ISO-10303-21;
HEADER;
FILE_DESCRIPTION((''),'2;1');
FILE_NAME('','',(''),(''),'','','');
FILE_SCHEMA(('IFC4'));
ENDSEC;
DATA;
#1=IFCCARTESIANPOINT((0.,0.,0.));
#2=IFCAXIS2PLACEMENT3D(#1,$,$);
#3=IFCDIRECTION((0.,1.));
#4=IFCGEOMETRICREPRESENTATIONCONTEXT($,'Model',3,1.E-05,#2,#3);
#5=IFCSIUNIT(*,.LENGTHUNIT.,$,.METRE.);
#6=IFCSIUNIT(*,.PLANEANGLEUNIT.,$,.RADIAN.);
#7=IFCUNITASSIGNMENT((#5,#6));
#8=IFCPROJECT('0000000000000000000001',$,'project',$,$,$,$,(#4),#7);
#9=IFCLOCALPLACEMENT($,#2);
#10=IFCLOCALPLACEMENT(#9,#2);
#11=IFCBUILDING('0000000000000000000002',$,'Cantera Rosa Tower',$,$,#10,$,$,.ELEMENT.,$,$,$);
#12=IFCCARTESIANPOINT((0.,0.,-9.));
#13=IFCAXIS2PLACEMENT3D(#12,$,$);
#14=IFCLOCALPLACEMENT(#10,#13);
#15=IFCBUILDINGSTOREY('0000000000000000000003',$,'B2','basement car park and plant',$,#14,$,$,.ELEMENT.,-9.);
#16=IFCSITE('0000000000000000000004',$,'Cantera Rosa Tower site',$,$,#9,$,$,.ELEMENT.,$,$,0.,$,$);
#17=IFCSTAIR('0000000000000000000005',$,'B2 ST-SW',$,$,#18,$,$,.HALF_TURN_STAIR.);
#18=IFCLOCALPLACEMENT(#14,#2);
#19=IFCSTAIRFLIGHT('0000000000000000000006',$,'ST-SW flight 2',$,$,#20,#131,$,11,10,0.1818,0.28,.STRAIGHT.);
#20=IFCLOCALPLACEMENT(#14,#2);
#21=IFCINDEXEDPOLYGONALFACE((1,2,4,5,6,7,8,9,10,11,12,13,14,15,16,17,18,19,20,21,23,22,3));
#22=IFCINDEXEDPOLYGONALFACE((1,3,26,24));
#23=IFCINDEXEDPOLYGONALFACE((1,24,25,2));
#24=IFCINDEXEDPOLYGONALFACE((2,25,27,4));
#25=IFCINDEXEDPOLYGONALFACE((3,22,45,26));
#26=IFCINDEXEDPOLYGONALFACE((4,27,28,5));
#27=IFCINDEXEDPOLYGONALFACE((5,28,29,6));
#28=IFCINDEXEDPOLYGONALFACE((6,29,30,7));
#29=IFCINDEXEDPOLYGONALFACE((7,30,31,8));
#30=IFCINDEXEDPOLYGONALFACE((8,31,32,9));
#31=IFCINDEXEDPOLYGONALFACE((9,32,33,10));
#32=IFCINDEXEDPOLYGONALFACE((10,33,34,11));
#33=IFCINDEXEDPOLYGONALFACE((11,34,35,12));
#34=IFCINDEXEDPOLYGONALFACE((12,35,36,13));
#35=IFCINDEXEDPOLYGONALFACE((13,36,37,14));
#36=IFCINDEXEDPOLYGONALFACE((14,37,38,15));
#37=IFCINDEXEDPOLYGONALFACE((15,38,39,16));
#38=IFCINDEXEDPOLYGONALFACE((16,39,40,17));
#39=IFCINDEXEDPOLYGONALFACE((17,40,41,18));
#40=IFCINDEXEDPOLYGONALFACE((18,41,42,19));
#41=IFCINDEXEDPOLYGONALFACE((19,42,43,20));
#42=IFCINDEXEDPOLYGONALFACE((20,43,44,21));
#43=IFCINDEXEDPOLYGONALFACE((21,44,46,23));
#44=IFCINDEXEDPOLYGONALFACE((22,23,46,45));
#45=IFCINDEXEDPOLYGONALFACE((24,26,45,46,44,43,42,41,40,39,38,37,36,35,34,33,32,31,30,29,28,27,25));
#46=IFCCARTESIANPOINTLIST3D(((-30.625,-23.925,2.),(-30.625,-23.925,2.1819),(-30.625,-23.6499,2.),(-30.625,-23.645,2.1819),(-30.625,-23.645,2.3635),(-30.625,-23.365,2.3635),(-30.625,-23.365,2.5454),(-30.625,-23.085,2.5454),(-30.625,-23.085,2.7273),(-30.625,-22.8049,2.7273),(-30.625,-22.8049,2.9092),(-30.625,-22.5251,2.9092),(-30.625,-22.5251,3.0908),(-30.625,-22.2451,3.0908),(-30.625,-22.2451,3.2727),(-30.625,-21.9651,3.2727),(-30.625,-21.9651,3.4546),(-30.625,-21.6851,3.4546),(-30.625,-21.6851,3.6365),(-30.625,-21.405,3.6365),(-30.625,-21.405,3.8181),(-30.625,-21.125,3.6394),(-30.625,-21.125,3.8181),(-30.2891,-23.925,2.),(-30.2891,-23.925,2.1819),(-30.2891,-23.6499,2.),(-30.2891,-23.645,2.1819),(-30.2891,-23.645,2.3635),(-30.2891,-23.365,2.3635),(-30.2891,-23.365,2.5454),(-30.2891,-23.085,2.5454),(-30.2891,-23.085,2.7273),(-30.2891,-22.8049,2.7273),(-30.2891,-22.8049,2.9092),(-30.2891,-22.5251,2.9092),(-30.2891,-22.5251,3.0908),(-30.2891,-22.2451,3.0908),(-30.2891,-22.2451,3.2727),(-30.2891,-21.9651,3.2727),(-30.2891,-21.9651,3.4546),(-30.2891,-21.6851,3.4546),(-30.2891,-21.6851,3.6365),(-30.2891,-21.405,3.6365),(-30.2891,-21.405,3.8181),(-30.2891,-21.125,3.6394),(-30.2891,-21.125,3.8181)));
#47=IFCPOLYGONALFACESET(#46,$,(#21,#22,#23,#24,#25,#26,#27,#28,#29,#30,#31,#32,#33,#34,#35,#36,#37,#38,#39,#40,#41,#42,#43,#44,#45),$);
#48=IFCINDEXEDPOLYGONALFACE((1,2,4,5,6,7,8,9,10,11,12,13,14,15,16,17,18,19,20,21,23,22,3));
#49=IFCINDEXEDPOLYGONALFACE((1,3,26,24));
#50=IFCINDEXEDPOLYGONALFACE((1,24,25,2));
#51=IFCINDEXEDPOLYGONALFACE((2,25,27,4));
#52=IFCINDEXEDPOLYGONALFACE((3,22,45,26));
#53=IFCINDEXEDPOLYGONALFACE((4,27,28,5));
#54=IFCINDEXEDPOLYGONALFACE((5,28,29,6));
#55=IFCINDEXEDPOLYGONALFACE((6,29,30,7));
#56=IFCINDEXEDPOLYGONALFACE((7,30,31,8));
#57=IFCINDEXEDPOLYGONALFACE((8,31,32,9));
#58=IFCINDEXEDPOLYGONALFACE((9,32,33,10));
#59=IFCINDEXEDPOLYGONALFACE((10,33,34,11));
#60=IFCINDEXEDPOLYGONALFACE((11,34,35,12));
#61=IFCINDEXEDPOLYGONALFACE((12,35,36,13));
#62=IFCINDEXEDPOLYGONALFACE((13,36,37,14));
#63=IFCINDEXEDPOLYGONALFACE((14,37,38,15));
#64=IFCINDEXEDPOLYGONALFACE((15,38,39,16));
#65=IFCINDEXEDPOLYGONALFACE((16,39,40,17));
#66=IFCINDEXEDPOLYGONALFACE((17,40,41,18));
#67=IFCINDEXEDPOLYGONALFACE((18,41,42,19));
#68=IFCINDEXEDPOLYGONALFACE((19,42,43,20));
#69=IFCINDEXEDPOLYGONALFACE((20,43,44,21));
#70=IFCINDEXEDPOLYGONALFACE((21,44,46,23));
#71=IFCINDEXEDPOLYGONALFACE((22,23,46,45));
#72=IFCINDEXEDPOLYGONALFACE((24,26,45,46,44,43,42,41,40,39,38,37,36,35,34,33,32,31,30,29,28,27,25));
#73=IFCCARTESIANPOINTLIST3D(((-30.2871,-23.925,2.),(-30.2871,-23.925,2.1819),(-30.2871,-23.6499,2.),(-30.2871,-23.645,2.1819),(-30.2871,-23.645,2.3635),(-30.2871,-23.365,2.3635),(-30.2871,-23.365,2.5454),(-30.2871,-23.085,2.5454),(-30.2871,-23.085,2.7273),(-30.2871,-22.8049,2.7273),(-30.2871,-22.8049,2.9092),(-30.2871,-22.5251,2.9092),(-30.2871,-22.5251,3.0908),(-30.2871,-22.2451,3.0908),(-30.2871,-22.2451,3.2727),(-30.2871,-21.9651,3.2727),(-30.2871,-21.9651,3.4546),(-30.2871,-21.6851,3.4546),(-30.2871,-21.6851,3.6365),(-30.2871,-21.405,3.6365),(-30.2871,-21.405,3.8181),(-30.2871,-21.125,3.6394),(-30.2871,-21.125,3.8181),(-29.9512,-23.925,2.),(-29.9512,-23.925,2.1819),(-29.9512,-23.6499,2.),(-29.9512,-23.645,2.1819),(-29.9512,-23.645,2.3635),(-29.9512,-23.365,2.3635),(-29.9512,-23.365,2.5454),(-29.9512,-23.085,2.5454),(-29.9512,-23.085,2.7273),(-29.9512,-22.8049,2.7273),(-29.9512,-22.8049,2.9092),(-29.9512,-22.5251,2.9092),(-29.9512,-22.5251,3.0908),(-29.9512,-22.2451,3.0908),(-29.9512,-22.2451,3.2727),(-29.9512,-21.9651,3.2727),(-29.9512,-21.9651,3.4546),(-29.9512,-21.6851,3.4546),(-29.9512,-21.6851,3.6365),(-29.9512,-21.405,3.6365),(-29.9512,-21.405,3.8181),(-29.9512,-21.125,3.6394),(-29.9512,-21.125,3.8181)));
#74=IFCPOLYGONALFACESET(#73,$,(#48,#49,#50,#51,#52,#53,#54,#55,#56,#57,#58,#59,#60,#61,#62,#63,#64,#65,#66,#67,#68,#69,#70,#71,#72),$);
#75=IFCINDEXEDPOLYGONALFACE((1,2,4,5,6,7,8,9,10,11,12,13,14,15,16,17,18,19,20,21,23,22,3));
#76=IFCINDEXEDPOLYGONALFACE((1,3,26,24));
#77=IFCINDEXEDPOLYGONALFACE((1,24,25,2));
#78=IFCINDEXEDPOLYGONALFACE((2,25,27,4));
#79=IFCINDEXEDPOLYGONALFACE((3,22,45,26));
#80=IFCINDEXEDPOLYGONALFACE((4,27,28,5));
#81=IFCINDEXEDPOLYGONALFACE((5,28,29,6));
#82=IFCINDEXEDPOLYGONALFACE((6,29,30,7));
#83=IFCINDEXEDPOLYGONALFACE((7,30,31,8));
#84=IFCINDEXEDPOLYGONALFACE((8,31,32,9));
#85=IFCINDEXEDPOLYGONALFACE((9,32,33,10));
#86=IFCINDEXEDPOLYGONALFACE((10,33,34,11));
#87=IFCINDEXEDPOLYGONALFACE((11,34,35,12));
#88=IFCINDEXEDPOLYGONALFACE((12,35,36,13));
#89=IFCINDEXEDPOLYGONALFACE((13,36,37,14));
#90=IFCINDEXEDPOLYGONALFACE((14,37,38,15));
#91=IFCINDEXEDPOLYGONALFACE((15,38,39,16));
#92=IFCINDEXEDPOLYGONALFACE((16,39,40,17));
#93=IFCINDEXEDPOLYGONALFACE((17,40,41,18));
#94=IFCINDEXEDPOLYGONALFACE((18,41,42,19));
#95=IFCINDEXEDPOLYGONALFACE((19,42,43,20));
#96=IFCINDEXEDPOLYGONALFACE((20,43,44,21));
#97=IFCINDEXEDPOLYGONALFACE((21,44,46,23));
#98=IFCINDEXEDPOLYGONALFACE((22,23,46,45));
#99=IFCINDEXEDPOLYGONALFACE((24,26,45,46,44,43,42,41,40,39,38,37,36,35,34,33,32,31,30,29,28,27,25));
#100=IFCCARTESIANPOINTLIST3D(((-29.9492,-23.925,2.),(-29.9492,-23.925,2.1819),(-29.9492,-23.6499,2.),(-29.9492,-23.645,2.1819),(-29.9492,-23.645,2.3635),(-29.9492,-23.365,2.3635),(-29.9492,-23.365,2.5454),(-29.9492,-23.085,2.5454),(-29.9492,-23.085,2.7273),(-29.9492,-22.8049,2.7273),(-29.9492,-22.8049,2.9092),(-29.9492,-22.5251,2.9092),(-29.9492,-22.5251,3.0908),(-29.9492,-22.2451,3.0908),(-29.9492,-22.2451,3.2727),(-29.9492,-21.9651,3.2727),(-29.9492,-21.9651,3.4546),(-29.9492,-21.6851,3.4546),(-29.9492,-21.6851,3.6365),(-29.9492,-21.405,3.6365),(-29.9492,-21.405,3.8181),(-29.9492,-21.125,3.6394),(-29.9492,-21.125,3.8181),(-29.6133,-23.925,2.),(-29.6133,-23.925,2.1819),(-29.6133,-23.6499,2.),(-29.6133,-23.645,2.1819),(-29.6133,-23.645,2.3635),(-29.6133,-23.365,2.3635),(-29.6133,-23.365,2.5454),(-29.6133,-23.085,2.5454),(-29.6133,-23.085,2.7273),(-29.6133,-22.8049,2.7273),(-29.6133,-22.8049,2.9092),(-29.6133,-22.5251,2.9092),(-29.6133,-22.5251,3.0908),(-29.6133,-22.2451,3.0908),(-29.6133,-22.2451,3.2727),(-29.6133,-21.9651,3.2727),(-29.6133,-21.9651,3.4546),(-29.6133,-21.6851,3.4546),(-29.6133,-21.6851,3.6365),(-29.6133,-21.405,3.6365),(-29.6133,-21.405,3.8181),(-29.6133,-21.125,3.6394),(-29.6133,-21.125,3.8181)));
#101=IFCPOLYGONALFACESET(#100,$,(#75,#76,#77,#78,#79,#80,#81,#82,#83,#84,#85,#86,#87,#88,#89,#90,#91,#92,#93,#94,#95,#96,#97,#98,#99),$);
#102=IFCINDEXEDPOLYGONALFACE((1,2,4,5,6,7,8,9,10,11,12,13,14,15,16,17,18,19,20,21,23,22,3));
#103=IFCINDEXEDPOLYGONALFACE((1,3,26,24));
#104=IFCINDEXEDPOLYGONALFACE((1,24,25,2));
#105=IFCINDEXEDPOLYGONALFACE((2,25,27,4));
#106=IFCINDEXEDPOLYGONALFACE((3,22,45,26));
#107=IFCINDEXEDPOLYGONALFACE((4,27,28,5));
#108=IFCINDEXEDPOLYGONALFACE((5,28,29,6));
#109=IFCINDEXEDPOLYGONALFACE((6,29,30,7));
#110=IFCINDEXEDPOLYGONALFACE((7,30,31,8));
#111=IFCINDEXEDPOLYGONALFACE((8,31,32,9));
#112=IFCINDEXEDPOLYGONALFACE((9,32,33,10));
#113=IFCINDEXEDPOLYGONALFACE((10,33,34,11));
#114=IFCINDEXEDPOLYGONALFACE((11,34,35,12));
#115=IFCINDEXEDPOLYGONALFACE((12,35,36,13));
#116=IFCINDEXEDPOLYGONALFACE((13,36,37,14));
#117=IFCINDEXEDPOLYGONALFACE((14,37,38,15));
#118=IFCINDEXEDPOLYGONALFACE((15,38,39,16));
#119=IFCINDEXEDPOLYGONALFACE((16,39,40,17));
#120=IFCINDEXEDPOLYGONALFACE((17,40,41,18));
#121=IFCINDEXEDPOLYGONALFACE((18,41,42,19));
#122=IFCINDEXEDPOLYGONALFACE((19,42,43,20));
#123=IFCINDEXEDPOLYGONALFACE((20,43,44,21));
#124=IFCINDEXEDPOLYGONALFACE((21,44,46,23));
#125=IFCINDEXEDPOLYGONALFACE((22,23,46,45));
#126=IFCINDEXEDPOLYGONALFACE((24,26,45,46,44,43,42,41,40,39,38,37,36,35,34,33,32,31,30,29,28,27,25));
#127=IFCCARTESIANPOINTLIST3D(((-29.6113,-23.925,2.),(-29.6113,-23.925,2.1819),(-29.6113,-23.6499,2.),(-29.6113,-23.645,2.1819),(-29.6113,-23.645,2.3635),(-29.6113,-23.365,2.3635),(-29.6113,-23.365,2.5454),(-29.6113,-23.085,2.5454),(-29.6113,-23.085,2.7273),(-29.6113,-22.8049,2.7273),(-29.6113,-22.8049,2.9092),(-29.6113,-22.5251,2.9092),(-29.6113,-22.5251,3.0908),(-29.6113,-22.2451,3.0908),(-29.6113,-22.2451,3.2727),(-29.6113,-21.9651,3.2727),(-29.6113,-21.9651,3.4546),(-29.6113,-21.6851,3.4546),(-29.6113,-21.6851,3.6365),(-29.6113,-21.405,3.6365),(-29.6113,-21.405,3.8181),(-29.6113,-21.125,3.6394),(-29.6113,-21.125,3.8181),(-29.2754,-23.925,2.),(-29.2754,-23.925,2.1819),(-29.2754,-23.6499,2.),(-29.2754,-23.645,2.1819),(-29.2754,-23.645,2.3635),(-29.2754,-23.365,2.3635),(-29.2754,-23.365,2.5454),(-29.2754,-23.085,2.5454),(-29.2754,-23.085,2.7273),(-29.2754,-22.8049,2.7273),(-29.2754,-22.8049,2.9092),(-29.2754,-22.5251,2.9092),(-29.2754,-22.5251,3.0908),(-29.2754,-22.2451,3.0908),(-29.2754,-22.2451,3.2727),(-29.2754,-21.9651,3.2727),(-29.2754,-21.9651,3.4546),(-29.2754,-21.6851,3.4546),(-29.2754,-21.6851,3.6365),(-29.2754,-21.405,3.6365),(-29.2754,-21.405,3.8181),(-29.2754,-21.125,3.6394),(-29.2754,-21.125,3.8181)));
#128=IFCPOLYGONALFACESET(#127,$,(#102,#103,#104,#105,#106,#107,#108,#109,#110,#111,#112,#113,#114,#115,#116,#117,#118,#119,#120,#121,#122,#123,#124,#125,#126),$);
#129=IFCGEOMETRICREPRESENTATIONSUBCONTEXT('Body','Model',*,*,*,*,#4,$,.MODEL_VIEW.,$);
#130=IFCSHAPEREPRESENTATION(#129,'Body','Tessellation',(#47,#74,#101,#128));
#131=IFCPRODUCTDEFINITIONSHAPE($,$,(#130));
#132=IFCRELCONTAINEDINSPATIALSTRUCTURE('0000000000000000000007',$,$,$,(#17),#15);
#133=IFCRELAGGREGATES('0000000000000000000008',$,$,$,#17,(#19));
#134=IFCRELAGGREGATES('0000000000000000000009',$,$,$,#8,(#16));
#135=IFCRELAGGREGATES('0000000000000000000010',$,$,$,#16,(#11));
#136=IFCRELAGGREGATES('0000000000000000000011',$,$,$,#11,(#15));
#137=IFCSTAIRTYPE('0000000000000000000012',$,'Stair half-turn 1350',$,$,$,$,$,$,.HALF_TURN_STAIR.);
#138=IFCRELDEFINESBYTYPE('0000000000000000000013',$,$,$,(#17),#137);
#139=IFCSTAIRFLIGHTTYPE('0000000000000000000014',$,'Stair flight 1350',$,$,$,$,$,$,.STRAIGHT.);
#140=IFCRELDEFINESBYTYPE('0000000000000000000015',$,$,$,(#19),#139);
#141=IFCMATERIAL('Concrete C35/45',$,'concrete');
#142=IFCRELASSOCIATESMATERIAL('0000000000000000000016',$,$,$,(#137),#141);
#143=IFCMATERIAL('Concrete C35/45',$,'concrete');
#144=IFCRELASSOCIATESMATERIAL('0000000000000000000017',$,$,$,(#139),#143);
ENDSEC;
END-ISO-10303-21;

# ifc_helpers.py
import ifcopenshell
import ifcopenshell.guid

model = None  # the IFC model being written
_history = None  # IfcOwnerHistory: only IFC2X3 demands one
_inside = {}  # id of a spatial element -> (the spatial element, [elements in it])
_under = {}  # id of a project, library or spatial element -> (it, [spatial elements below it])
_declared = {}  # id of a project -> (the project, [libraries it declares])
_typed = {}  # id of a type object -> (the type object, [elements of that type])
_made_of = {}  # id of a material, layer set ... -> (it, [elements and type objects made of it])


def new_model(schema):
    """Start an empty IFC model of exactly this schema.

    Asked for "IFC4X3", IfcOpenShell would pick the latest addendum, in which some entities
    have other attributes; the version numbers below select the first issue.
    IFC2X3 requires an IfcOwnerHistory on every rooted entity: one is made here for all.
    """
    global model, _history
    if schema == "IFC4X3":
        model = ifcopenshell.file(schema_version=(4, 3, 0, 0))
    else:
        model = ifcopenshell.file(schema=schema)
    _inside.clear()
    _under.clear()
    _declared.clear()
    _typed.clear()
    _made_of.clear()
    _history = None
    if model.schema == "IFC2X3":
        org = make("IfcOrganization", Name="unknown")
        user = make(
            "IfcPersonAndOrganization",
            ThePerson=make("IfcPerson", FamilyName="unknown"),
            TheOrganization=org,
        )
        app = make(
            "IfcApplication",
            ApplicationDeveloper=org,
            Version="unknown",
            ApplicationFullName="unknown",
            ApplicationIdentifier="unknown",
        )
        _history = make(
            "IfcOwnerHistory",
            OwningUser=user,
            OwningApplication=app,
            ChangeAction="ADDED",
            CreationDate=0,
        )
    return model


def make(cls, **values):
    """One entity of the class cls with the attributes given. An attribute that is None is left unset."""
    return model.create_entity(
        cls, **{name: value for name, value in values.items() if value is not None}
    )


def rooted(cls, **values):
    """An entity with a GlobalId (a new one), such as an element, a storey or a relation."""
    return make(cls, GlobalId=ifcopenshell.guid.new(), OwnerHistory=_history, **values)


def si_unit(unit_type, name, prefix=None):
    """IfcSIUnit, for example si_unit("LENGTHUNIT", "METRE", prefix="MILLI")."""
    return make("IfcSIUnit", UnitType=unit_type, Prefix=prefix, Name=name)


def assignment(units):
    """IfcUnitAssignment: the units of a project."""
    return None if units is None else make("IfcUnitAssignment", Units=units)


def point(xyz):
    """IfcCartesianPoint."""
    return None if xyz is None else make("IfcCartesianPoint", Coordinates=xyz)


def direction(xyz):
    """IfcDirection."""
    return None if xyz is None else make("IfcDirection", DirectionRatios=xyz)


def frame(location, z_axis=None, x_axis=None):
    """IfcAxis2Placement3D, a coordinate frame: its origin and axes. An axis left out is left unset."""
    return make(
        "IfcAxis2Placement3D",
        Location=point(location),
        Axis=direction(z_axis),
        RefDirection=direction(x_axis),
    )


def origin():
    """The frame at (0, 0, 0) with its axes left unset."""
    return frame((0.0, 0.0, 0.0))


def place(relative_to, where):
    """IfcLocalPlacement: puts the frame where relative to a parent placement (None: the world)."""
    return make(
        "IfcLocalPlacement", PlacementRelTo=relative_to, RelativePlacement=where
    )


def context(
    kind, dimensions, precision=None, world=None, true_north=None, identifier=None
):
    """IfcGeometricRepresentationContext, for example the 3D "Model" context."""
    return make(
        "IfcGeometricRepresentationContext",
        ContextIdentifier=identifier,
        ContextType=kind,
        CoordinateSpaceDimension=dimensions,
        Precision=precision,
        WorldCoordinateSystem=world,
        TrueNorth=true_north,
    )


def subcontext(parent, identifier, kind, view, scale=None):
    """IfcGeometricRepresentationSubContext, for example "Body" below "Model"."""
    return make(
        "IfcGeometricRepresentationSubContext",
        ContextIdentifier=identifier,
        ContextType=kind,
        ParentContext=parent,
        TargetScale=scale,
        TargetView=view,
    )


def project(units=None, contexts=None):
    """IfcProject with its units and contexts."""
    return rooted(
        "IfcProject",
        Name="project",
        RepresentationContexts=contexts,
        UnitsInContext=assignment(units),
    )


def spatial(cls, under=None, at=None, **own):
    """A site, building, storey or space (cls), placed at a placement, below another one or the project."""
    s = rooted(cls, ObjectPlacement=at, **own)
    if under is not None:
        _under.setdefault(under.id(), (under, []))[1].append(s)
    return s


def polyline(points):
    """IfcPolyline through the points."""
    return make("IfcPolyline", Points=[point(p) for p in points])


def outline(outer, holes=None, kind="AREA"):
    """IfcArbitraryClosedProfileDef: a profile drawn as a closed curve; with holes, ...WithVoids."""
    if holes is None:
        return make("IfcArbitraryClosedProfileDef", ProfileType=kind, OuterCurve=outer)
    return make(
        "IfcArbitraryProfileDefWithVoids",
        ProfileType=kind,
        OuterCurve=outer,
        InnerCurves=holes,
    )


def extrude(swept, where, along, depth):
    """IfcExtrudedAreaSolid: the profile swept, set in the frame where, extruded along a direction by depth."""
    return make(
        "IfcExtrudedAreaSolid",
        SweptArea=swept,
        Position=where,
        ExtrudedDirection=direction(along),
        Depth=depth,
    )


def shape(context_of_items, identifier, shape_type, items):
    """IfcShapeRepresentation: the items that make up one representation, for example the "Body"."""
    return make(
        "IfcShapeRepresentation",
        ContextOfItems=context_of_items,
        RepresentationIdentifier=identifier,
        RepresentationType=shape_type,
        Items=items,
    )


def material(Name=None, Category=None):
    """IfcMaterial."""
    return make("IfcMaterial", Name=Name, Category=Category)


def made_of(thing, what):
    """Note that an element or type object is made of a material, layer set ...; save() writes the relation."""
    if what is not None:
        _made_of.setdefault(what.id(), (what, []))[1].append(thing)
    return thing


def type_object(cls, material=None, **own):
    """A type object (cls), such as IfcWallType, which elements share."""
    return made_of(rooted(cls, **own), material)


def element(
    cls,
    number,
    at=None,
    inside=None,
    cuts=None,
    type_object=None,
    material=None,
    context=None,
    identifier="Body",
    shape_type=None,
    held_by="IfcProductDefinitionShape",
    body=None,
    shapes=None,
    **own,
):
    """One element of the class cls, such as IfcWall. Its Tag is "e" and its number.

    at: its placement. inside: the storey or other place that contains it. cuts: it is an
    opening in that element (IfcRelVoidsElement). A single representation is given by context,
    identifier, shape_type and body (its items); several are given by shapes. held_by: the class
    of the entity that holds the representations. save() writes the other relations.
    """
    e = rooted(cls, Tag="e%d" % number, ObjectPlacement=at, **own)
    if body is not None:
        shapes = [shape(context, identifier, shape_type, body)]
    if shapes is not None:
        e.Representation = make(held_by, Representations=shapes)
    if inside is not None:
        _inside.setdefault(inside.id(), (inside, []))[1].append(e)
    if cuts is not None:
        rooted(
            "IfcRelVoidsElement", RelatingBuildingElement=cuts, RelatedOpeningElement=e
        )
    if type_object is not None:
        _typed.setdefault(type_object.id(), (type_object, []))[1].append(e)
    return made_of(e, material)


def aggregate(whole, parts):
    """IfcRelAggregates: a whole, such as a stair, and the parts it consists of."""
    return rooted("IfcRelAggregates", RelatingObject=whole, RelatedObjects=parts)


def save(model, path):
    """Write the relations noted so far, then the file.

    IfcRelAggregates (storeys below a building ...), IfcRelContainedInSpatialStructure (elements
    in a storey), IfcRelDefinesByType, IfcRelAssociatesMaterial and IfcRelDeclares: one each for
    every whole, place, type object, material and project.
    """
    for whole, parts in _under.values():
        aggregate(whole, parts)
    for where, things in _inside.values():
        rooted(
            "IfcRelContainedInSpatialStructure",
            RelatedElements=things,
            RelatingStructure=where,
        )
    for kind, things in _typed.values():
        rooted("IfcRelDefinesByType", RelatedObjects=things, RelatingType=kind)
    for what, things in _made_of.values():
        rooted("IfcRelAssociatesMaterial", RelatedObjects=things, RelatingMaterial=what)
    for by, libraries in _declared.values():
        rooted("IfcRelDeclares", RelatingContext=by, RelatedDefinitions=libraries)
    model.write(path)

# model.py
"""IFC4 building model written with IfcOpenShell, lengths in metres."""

from ifc_helpers import new_model, si_unit, direction, frame, origin, place, context, subcontext, project, spatial, polyline, outline, extrude, material, type_object, element, aggregate, save


model = new_model("IFC4")

# Units and contexts
model_context = context("Model", 3, precision=1e-05, world=origin(), true_north=direction((0.0, 1.0)))
body_context = subcontext(model_context, "Body", "Model", "MODEL_VIEW")
ifc_project = project(units=[si_unit("LENGTHUNIT", "METRE"), si_unit("PLANEANGLEUNIT", "RADIAN")], contexts=[model_context])

# Site, building, storey
site_placement = place(None, origin())
site = spatial("IfcSite", under=ifc_project, at=site_placement, Name="Cantera Rosa Tower site", CompositionType="ELEMENT", RefElevation=0.0)
building_placement = place(site_placement, origin())
building = spatial("IfcBuilding", under=site, at=building_placement, Name="Cantera Rosa Tower", CompositionType="ELEMENT")
storey_placement = place(building_placement, frame((0.0, 0.0, -9.0)))
storey = spatial("IfcBuildingStorey", under=building, at=storey_placement, Name="B2", Description="basement car park and plant", CompositionType="ELEMENT", Elevation=-9.0)

# Stair, stair flight
ifc_material_1 = material(Name="Concrete C35/45", Category="concrete")
stair_type = type_object("IfcStairType", Name="Stair half-turn 1350", PredefinedType="HALF_TURN_STAIR", material=ifc_material_1)
stair_placement = place(storey_placement, origin())
stair = element("IfcStair", 1, at=stair_placement, inside=storey, type_object=stair_type, Name="B2 ST-SW", PredefinedType="HALF_TURN_STAIR")
ifc_material_2 = material(Name="Concrete C35/45", Category="concrete")
stair_flight_type = type_object("IfcStairFlightType", Name="Stair flight 1350", PredefinedType="STRAIGHT", material=ifc_material_2)
stair_flight_1_placement = place(storey_placement, frame((-29.95, -23.925, 2.0), z_axis=(0.0, 0.0, 1.0), x_axis=(0.0, 1.0, 0.0)))
stair_flight_1 = element("IfcStairFlight", 2, at=stair_flight_1_placement, type_object=stair_flight_type, Name="ST-SW flight 2", NumberOfRisers=11, NumberOfTreads=10, PredefinedType="STRAIGHT", RiserHeight=0.1818, TreadLength=0.28, context=body_context, shape_type="SweptSolid", body=[
    extrude(outline(polyline([(0.0, 0.0), (0.0, 0.1819), (0.28, 0.1819), (0.28, 0.3635), (0.5601, 0.3635), (0.5601, 0.5454), (0.8401, 0.5454), (0.8401, 0.7273), (1.1201, 0.7273), (1.1201, 0.9092), (1.3999, 0.9092), (1.3999, 1.0908), (1.6799, 1.0908), (1.6799, 1.2727), (1.96, 1.2727), (1.96, 1.4546), (2.24, 1.4546), (2.24, 1.6365), (2.52, 1.6365), (2.52, 1.8181), (2.8, 1.8181), (2.8, 2.0), (2.8, 1.6394), (0.2751, 0.0), (0.0, 0.0)])), frame((0.0, 0.675, 0.0), z_axis=(0.0, -1.0, 0.0), x_axis=(1.0, 0.0, 0.0)), (0.0, 0.0, 1.0), 0.3359),
    extrude(outline(polyline([(0.0, 0.0), (0.0, 0.1819), (0.28, 0.1819), (0.28, 0.3635), (0.5601, 0.3635), (0.5601, 0.5454), (0.8401, 0.5454), (0.8401, 0.7273), (1.1201, 0.7273), (1.1201, 0.9092), (1.3999, 0.9092), (1.3999, 1.0908), (1.6799, 1.0908), (1.6799, 1.2727), (1.96, 1.2727), (1.96, 1.4546), (2.24, 1.4546), (2.24, 1.6365), (2.52, 1.6365), (2.52, 1.8181), (2.8, 1.8181), (2.8, 2.0), (2.8, 1.6394), (0.2751, 0.0), (0.0, 0.0)])), frame((0.0, 0.3372, 0.0), z_axis=(0.0, -1.0, 0.0), x_axis=(1.0, 0.0, 0.0)), (0.0, 0.0, 1.0), 0.3359),
    extrude(outline(polyline([(0.0, 0.0), (0.0, 0.1819), (0.28, 0.1819), (0.28, 0.3635), (0.5601, 0.3635), (0.5601, 0.5454), (0.8401, 0.5454), (0.8401, 0.7273), (1.1201, 0.7273), (1.1201, 0.9092), (1.3999, 0.9092), (1.3999, 1.0908), (1.6799, 1.0908), (1.6799, 1.2727), (1.96, 1.2727), (1.96, 1.4546), (2.24, 1.4546), (2.24, 1.6365), (2.52, 1.6365), (2.52, 1.8181), (2.8, 1.8181), (2.8, 2.0), (2.8, 1.6394), (0.2751, 0.0), (0.0, 0.0)])), frame((0.0, -0.0007, 0.0), z_axis=(0.0, -1.0, 0.0), x_axis=(1.0, 0.0, 0.0)), (0.0, 0.0, 1.0), 0.3359),
    extrude(outline(polyline([(0.0, 0.0), (0.0, 0.1819), (0.28, 0.1819), (0.28, 0.3635), (0.5601, 0.3635), (0.5601, 0.5454), (0.8401, 0.5454), (0.8401, 0.7273), (1.1201, 0.7273), (1.1201, 0.9092), (1.3999, 0.9092), (1.3999, 1.0908), (1.6799, 1.0908), (1.6799, 1.2727), (1.96, 1.2727), (1.96, 1.4546), (2.24, 1.4546), (2.24, 1.6365), (2.52, 1.6365), (2.52, 1.8181), (2.8, 1.8181), (2.8, 2.0), (2.8, 1.6394), (0.2751, 0.0), (0.0, 0.0)])), frame((0.0, -0.3386, 0.0), z_axis=(0.0, -1.0, 0.0), x_axis=(1.0, 0.0, 0.0)), (0.0, 0.0, 1.0), 0.3359),
])
aggregate(stair, [stair_flight_1])

save(model, "model.ifc")
